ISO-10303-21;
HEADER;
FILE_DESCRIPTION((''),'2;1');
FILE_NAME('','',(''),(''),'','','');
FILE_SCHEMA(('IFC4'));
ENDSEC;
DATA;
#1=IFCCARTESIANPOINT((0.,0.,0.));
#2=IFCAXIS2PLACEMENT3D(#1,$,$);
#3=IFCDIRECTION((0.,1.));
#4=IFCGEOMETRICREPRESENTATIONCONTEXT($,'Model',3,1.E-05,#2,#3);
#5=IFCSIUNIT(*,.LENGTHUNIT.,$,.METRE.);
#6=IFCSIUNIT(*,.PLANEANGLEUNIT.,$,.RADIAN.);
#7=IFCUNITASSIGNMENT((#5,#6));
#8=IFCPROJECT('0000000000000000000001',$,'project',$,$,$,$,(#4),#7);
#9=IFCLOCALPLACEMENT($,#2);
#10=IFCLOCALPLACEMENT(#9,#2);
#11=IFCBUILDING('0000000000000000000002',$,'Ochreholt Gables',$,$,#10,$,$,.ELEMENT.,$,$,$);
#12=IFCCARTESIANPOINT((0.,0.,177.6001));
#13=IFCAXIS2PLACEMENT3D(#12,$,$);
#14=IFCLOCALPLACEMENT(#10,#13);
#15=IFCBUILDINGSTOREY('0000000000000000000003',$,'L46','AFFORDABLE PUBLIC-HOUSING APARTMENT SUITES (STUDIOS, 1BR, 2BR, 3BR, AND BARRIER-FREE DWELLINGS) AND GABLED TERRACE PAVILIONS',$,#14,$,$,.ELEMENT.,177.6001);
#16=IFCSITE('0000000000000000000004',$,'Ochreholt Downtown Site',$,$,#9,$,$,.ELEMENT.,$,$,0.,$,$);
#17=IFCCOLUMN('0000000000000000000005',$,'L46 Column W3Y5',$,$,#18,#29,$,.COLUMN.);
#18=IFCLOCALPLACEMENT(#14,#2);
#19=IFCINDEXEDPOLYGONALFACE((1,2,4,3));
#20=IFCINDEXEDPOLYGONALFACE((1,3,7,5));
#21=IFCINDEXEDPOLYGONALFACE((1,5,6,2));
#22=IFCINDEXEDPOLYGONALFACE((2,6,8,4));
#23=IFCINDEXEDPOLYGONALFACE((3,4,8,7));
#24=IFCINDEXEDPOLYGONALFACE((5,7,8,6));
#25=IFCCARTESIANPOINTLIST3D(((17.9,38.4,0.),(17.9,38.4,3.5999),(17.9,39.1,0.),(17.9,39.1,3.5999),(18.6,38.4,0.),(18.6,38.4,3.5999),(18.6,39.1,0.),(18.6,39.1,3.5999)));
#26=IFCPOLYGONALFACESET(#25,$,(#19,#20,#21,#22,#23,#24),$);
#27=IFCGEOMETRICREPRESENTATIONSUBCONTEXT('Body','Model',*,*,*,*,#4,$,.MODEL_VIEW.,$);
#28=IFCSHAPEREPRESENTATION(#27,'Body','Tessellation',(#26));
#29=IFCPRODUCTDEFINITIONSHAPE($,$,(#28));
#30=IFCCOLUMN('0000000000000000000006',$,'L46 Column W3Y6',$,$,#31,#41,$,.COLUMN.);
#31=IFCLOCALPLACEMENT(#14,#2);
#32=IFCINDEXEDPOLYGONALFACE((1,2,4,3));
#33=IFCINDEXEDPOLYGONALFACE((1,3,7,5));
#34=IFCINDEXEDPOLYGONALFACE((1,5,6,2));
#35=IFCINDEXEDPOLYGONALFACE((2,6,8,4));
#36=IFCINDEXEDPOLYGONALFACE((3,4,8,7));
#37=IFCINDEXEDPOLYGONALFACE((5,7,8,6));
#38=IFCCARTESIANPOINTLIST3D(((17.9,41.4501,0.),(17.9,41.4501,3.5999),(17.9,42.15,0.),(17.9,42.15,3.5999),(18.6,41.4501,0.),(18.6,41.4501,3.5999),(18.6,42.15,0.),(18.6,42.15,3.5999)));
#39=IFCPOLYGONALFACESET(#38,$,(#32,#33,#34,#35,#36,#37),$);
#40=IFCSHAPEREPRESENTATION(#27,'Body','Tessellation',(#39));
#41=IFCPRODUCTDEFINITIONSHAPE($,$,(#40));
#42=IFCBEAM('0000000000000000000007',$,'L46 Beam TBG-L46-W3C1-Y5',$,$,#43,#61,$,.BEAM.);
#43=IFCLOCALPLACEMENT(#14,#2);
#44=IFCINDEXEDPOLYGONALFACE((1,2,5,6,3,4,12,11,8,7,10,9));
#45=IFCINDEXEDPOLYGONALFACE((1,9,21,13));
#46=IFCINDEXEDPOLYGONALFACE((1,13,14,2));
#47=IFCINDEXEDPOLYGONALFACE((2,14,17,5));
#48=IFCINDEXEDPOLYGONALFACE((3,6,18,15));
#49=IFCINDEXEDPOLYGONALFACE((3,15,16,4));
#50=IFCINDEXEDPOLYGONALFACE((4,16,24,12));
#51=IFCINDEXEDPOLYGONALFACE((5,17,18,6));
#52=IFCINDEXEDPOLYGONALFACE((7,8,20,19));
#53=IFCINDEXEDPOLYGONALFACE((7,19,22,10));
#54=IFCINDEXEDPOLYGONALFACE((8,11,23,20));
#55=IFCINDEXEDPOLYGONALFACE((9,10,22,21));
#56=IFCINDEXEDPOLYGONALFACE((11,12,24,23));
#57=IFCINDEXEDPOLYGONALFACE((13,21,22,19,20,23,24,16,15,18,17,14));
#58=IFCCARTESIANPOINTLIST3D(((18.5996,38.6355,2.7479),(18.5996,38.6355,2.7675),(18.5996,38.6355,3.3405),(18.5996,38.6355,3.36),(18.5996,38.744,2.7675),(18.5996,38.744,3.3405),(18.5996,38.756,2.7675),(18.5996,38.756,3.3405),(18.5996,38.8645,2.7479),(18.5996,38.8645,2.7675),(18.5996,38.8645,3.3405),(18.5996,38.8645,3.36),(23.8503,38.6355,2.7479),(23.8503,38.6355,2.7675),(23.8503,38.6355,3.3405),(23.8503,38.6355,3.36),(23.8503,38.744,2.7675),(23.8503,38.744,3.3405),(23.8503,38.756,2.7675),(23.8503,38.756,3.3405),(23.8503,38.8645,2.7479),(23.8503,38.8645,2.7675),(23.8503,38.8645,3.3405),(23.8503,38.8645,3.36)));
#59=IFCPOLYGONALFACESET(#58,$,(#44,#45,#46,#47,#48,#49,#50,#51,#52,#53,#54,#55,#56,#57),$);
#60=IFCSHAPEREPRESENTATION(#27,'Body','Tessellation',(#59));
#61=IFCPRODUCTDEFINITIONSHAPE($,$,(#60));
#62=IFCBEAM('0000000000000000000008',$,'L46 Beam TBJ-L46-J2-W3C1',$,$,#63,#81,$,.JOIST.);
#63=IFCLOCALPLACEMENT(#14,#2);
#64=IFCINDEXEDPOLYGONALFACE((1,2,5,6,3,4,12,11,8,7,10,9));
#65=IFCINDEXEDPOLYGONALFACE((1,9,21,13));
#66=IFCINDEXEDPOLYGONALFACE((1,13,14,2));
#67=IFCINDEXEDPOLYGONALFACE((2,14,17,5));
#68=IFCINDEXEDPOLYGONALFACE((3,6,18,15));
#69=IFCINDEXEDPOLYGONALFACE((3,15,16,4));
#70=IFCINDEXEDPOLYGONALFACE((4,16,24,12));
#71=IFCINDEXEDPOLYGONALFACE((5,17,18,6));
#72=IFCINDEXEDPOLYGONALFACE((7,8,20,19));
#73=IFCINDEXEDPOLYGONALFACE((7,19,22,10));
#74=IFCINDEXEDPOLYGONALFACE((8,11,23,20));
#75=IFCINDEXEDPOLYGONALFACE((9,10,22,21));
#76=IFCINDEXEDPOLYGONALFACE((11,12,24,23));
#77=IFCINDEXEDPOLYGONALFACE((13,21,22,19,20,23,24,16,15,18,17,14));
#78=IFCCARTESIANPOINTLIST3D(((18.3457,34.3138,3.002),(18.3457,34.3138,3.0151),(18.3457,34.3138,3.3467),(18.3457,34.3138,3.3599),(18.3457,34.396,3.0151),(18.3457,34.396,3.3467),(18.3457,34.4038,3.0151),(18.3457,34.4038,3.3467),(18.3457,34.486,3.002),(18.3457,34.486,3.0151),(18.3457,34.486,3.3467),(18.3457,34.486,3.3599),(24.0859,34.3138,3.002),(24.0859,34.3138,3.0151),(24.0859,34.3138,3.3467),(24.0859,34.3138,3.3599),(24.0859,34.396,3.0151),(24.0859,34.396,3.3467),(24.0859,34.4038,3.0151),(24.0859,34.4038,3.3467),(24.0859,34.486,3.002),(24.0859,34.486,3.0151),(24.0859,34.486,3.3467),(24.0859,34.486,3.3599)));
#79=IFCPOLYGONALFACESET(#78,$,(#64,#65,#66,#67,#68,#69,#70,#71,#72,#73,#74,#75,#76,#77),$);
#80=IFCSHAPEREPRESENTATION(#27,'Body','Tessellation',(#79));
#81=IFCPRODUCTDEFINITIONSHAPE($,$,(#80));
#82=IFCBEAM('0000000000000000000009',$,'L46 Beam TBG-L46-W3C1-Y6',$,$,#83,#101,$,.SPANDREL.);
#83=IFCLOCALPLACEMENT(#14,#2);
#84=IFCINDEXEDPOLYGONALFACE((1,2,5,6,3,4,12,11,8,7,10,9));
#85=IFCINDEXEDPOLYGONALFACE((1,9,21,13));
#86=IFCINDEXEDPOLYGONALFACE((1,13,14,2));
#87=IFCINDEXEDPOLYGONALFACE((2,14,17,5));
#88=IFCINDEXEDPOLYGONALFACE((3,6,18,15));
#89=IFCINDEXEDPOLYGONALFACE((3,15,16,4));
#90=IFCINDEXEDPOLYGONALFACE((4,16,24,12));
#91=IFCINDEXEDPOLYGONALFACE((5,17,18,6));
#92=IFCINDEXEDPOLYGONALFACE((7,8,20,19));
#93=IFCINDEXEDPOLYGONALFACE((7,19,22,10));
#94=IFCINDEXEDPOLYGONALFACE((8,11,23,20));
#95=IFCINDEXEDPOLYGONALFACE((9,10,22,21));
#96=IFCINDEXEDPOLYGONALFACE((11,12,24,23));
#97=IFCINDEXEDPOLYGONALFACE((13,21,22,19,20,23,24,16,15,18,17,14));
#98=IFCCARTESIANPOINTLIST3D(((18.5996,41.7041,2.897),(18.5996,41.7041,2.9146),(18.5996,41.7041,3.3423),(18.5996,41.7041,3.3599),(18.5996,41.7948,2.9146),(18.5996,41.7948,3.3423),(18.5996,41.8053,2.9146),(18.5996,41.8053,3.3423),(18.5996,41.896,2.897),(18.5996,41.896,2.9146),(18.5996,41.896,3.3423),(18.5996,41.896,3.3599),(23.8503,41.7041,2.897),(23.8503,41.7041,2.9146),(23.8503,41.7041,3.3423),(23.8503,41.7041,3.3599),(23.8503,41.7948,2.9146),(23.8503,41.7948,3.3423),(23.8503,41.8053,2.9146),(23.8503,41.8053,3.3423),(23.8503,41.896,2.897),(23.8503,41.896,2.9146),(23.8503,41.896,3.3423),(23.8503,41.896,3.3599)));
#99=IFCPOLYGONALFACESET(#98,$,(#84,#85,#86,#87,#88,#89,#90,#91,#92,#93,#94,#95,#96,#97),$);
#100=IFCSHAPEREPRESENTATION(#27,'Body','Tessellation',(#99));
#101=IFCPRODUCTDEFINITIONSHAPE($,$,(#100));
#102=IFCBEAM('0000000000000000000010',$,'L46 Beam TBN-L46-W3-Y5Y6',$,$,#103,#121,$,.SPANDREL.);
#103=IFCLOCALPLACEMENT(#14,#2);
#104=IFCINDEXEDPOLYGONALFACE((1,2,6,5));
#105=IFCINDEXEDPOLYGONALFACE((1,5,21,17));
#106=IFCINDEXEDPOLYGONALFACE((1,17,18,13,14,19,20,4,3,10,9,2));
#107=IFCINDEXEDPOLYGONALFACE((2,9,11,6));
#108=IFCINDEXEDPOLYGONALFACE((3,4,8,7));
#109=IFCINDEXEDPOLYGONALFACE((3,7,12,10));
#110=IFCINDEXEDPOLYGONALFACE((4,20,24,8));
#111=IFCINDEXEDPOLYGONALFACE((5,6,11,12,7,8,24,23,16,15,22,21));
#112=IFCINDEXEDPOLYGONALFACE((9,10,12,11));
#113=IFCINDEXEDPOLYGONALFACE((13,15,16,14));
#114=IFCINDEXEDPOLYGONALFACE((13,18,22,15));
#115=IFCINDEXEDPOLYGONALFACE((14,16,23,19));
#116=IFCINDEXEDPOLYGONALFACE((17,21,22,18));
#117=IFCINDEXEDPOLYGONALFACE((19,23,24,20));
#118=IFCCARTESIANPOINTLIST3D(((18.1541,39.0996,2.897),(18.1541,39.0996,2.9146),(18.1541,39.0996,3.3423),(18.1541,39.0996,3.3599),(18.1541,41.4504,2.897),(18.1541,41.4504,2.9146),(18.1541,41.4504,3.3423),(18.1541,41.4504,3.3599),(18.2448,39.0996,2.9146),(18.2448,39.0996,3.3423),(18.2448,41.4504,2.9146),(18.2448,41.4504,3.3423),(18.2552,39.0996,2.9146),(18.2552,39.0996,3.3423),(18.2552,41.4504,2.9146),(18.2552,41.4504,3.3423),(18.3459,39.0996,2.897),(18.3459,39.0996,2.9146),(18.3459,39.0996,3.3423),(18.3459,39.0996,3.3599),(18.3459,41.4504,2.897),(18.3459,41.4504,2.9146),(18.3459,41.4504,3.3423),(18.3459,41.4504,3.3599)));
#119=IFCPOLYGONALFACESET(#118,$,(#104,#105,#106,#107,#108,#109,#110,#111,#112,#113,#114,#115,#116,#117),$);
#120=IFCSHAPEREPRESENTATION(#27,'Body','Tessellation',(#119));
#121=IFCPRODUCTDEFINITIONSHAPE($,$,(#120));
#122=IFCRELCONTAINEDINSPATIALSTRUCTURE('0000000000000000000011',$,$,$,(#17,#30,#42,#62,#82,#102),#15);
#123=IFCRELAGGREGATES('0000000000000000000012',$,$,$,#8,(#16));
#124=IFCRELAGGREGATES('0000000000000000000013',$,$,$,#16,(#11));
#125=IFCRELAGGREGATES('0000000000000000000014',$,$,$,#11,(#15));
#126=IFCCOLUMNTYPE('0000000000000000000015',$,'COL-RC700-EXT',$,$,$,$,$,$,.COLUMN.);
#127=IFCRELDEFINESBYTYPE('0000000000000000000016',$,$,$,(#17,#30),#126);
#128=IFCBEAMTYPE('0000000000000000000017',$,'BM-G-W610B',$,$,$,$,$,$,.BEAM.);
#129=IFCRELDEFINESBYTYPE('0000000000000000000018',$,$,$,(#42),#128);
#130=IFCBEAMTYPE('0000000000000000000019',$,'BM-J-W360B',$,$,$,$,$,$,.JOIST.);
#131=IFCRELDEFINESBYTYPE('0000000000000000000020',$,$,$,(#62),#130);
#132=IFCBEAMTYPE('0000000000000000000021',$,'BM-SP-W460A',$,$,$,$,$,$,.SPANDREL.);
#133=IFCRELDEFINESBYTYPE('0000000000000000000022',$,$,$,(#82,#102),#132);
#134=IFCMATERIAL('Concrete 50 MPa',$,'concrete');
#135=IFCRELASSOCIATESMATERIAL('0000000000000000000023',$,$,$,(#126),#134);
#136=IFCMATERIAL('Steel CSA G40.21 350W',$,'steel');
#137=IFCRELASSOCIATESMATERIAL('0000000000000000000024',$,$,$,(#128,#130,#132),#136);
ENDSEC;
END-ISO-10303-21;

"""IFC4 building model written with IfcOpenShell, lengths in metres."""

from ifc_helpers import new_model, si_unit, direction, frame, origin, origin_2d, place, context, subcontext, project, spatial, rectangle, i_section, extrude, material, material_profile, profile_set, type_object, element, save


model = new_model("IFC4")

# Units and contexts
model_context = context("Model", 3, precision=1e-05, world=origin(), true_north=direction((0.0, 1.0)))
body_context = subcontext(model_context, "Body", "Model", "MODEL_VIEW")
ifc_project = project(units=[si_unit("LENGTHUNIT", "METRE"), si_unit("PLANEANGLEUNIT", "RADIAN")], contexts=[model_context])

# Site, building, storey
site_placement = place(None, origin())
site = spatial("IfcSite", under=ifc_project, at=site_placement, Name="Ochreholt Downtown Site", CompositionType="ELEMENT", RefElevation=0.0)
building_placement = place(site_placement, origin())
building = spatial("IfcBuilding", under=site, at=building_placement, Name="Ochreholt Gables", CompositionType="ELEMENT")
storey_placement = place(building_placement, frame((0.0, 0.0, 177.6001)))
storey = spatial("IfcBuildingStorey", under=building, at=storey_placement, Name="L46", Description="AFFORDABLE PUBLIC-HOUSING APARTMENT SUITES (STUDIOS, 1BR, 2BR, 3BR, AND BARRIER-FREE DWELLINGS) AND GABLED TERRACE PAVILIONS", CompositionType="ELEMENT", Elevation=177.6001)

# Columns
ifc_material_1 = material(Name="Concrete 50 MPa", Category="concrete")
ifc_material_profile_1 = material_profile(ifc_material_1, rectangle(XDim=0.7, YDim=0.7, at=origin_2d()), Name="RC700X700")
ifc_profile_set_1 = profile_set([ifc_material_profile_1], Name="Concrete 50 MPa")
column_type = type_object("IfcColumnType", Name="COL-RC700-EXT", PredefinedType="COLUMN", material=ifc_profile_set_1)
for number, where, z_axis, x_axis, name in (
    (1, (18.25, 38.75, 0.0), (0.0, 0.0, 1.0), (1.0, 0.0, 0.0), "L46 Column W3Y5"),
    (2, (18.25, 41.8, 0.0), (0.0, 0.0, 1.0), (1.0, 0.0, 0.0), "L46 Column W3Y6"),
):
    element("IfcColumn", number, at=place(storey_placement, frame(where, z_axis=z_axis, x_axis=x_axis)), inside=storey, type_object=column_type, Name=name, PredefinedType="COLUMN", context=body_context, shape_type="SweptSolid", body=[
        extrude(rectangle(XDim=0.7, YDim=0.7, at=origin_2d()), origin(), (0.0, 0.0, 1.0), 3.5999),
    ])

# Beams
ifc_material_2 = material(Name="Steel CSA G40.21 350W", Category="steel")
ifc_material_profile_2 = material_profile(ifc_material_2, i_section(OverallWidth=0.229, OverallDepth=0.6121, WebThickness=0.012, FlangeThickness=0.0195, at=origin_2d()), Name="W610X125")
ifc_profile_set_2 = profile_set([ifc_material_profile_2], Name="Steel CSA G40.21 350W")
beam_type_1 = type_object("IfcBeamType", Name="BM-G-W610B", PredefinedType="BEAM", material=ifc_profile_set_2)
beam_1_placement = place(storey_placement, frame((18.5996, 38.75, 3.054), z_axis=(1.0, 0.0, 0.0), x_axis=(0.0, 1.0, 0.0)))
element("IfcBeam", 3, at=beam_1_placement, inside=storey, type_object=beam_type_1, Name="L46 Beam TBG-L46-W3C1-Y5", PredefinedType="BEAM", context=body_context, shape_type="SweptSolid", body=[
    extrude(i_section(OverallWidth=0.229, OverallDepth=0.6121, WebThickness=0.012, FlangeThickness=0.0195, at=origin_2d()), origin(), (0.0, 0.0, 1.0), 5.2507),
])
ifc_material_profile_3 = material_profile(ifc_material_2, i_section(OverallWidth=0.1721, OverallDepth=0.3579, WebThickness=0.0078, FlangeThickness=0.0132, at=origin_2d()), Name="W360X57")
ifc_profile_set_3 = profile_set([ifc_material_profile_3], Name="Steel CSA G40.21 350W")
beam_type_2 = type_object("IfcBeamType", Name="BM-J-W360B", PredefinedType="JOIST", material=ifc_profile_set_3)
beam_2_placement = place(storey_placement, frame((18.3457, 34.3999, 3.1809), z_axis=(1.0, 0.0, 0.0), x_axis=(0.0, 1.0, 0.0)))
element("IfcBeam", 4, at=beam_2_placement, inside=storey, type_object=beam_type_2, Name="L46 Beam TBJ-L46-J2-W3C1", PredefinedType="JOIST", context=body_context, shape_type="SweptSolid", body=[
    extrude(i_section(OverallWidth=0.1721, OverallDepth=0.3579, WebThickness=0.0078, FlangeThickness=0.0132, at=origin_2d()), origin(), (0.0, 0.0, 1.0), 5.7402),
])
ifc_material_profile_4 = material_profile(ifc_material_2, i_section(OverallWidth=0.1919, OverallDepth=0.4629, WebThickness=0.0105, FlangeThickness=0.0176, at=origin_2d()), Name="W460X89")
ifc_profile_set_4 = profile_set([ifc_material_profile_4], Name="Steel CSA G40.21 350W")
beam_type_3 = type_object("IfcBeamType", Name="BM-SP-W460A", PredefinedType="SPANDREL", material=ifc_profile_set_4)
beam_3_placement = place(storey_placement, frame((18.5996, 41.8, 3.1284), z_axis=(1.0, 0.0, 0.0), x_axis=(0.0, 1.0, 0.0)))
element("IfcBeam", 5, at=beam_3_placement, inside=storey, type_object=beam_type_3, Name="L46 Beam TBG-L46-W3C1-Y6", PredefinedType="SPANDREL", context=body_context, shape_type="SweptSolid", body=[
    extrude(i_section(OverallWidth=0.1919, OverallDepth=0.4629, WebThickness=0.0105, FlangeThickness=0.0176, at=origin_2d()), origin(), (0.0, 0.0, 1.0), 5.2507),
])
beam_4_placement = place(storey_placement, frame((18.25, 39.0996, 3.1284), z_axis=(0.0, 1.0, 0.0), x_axis=(-1.0, 0.0, 0.0)))
element("IfcBeam", 6, at=beam_4_placement, inside=storey, type_object=beam_type_3, Name="L46 Beam TBN-L46-W3-Y5Y6", PredefinedType="SPANDREL", context=body_context, shape_type="SweptSolid", body=[
    extrude(i_section(OverallWidth=0.1919, OverallDepth=0.4629, WebThickness=0.0105, FlangeThickness=0.0176, at=origin_2d()), origin(), (0.0, 0.0, 1.0), 2.3508),
])

save(model, "model.ifc")
